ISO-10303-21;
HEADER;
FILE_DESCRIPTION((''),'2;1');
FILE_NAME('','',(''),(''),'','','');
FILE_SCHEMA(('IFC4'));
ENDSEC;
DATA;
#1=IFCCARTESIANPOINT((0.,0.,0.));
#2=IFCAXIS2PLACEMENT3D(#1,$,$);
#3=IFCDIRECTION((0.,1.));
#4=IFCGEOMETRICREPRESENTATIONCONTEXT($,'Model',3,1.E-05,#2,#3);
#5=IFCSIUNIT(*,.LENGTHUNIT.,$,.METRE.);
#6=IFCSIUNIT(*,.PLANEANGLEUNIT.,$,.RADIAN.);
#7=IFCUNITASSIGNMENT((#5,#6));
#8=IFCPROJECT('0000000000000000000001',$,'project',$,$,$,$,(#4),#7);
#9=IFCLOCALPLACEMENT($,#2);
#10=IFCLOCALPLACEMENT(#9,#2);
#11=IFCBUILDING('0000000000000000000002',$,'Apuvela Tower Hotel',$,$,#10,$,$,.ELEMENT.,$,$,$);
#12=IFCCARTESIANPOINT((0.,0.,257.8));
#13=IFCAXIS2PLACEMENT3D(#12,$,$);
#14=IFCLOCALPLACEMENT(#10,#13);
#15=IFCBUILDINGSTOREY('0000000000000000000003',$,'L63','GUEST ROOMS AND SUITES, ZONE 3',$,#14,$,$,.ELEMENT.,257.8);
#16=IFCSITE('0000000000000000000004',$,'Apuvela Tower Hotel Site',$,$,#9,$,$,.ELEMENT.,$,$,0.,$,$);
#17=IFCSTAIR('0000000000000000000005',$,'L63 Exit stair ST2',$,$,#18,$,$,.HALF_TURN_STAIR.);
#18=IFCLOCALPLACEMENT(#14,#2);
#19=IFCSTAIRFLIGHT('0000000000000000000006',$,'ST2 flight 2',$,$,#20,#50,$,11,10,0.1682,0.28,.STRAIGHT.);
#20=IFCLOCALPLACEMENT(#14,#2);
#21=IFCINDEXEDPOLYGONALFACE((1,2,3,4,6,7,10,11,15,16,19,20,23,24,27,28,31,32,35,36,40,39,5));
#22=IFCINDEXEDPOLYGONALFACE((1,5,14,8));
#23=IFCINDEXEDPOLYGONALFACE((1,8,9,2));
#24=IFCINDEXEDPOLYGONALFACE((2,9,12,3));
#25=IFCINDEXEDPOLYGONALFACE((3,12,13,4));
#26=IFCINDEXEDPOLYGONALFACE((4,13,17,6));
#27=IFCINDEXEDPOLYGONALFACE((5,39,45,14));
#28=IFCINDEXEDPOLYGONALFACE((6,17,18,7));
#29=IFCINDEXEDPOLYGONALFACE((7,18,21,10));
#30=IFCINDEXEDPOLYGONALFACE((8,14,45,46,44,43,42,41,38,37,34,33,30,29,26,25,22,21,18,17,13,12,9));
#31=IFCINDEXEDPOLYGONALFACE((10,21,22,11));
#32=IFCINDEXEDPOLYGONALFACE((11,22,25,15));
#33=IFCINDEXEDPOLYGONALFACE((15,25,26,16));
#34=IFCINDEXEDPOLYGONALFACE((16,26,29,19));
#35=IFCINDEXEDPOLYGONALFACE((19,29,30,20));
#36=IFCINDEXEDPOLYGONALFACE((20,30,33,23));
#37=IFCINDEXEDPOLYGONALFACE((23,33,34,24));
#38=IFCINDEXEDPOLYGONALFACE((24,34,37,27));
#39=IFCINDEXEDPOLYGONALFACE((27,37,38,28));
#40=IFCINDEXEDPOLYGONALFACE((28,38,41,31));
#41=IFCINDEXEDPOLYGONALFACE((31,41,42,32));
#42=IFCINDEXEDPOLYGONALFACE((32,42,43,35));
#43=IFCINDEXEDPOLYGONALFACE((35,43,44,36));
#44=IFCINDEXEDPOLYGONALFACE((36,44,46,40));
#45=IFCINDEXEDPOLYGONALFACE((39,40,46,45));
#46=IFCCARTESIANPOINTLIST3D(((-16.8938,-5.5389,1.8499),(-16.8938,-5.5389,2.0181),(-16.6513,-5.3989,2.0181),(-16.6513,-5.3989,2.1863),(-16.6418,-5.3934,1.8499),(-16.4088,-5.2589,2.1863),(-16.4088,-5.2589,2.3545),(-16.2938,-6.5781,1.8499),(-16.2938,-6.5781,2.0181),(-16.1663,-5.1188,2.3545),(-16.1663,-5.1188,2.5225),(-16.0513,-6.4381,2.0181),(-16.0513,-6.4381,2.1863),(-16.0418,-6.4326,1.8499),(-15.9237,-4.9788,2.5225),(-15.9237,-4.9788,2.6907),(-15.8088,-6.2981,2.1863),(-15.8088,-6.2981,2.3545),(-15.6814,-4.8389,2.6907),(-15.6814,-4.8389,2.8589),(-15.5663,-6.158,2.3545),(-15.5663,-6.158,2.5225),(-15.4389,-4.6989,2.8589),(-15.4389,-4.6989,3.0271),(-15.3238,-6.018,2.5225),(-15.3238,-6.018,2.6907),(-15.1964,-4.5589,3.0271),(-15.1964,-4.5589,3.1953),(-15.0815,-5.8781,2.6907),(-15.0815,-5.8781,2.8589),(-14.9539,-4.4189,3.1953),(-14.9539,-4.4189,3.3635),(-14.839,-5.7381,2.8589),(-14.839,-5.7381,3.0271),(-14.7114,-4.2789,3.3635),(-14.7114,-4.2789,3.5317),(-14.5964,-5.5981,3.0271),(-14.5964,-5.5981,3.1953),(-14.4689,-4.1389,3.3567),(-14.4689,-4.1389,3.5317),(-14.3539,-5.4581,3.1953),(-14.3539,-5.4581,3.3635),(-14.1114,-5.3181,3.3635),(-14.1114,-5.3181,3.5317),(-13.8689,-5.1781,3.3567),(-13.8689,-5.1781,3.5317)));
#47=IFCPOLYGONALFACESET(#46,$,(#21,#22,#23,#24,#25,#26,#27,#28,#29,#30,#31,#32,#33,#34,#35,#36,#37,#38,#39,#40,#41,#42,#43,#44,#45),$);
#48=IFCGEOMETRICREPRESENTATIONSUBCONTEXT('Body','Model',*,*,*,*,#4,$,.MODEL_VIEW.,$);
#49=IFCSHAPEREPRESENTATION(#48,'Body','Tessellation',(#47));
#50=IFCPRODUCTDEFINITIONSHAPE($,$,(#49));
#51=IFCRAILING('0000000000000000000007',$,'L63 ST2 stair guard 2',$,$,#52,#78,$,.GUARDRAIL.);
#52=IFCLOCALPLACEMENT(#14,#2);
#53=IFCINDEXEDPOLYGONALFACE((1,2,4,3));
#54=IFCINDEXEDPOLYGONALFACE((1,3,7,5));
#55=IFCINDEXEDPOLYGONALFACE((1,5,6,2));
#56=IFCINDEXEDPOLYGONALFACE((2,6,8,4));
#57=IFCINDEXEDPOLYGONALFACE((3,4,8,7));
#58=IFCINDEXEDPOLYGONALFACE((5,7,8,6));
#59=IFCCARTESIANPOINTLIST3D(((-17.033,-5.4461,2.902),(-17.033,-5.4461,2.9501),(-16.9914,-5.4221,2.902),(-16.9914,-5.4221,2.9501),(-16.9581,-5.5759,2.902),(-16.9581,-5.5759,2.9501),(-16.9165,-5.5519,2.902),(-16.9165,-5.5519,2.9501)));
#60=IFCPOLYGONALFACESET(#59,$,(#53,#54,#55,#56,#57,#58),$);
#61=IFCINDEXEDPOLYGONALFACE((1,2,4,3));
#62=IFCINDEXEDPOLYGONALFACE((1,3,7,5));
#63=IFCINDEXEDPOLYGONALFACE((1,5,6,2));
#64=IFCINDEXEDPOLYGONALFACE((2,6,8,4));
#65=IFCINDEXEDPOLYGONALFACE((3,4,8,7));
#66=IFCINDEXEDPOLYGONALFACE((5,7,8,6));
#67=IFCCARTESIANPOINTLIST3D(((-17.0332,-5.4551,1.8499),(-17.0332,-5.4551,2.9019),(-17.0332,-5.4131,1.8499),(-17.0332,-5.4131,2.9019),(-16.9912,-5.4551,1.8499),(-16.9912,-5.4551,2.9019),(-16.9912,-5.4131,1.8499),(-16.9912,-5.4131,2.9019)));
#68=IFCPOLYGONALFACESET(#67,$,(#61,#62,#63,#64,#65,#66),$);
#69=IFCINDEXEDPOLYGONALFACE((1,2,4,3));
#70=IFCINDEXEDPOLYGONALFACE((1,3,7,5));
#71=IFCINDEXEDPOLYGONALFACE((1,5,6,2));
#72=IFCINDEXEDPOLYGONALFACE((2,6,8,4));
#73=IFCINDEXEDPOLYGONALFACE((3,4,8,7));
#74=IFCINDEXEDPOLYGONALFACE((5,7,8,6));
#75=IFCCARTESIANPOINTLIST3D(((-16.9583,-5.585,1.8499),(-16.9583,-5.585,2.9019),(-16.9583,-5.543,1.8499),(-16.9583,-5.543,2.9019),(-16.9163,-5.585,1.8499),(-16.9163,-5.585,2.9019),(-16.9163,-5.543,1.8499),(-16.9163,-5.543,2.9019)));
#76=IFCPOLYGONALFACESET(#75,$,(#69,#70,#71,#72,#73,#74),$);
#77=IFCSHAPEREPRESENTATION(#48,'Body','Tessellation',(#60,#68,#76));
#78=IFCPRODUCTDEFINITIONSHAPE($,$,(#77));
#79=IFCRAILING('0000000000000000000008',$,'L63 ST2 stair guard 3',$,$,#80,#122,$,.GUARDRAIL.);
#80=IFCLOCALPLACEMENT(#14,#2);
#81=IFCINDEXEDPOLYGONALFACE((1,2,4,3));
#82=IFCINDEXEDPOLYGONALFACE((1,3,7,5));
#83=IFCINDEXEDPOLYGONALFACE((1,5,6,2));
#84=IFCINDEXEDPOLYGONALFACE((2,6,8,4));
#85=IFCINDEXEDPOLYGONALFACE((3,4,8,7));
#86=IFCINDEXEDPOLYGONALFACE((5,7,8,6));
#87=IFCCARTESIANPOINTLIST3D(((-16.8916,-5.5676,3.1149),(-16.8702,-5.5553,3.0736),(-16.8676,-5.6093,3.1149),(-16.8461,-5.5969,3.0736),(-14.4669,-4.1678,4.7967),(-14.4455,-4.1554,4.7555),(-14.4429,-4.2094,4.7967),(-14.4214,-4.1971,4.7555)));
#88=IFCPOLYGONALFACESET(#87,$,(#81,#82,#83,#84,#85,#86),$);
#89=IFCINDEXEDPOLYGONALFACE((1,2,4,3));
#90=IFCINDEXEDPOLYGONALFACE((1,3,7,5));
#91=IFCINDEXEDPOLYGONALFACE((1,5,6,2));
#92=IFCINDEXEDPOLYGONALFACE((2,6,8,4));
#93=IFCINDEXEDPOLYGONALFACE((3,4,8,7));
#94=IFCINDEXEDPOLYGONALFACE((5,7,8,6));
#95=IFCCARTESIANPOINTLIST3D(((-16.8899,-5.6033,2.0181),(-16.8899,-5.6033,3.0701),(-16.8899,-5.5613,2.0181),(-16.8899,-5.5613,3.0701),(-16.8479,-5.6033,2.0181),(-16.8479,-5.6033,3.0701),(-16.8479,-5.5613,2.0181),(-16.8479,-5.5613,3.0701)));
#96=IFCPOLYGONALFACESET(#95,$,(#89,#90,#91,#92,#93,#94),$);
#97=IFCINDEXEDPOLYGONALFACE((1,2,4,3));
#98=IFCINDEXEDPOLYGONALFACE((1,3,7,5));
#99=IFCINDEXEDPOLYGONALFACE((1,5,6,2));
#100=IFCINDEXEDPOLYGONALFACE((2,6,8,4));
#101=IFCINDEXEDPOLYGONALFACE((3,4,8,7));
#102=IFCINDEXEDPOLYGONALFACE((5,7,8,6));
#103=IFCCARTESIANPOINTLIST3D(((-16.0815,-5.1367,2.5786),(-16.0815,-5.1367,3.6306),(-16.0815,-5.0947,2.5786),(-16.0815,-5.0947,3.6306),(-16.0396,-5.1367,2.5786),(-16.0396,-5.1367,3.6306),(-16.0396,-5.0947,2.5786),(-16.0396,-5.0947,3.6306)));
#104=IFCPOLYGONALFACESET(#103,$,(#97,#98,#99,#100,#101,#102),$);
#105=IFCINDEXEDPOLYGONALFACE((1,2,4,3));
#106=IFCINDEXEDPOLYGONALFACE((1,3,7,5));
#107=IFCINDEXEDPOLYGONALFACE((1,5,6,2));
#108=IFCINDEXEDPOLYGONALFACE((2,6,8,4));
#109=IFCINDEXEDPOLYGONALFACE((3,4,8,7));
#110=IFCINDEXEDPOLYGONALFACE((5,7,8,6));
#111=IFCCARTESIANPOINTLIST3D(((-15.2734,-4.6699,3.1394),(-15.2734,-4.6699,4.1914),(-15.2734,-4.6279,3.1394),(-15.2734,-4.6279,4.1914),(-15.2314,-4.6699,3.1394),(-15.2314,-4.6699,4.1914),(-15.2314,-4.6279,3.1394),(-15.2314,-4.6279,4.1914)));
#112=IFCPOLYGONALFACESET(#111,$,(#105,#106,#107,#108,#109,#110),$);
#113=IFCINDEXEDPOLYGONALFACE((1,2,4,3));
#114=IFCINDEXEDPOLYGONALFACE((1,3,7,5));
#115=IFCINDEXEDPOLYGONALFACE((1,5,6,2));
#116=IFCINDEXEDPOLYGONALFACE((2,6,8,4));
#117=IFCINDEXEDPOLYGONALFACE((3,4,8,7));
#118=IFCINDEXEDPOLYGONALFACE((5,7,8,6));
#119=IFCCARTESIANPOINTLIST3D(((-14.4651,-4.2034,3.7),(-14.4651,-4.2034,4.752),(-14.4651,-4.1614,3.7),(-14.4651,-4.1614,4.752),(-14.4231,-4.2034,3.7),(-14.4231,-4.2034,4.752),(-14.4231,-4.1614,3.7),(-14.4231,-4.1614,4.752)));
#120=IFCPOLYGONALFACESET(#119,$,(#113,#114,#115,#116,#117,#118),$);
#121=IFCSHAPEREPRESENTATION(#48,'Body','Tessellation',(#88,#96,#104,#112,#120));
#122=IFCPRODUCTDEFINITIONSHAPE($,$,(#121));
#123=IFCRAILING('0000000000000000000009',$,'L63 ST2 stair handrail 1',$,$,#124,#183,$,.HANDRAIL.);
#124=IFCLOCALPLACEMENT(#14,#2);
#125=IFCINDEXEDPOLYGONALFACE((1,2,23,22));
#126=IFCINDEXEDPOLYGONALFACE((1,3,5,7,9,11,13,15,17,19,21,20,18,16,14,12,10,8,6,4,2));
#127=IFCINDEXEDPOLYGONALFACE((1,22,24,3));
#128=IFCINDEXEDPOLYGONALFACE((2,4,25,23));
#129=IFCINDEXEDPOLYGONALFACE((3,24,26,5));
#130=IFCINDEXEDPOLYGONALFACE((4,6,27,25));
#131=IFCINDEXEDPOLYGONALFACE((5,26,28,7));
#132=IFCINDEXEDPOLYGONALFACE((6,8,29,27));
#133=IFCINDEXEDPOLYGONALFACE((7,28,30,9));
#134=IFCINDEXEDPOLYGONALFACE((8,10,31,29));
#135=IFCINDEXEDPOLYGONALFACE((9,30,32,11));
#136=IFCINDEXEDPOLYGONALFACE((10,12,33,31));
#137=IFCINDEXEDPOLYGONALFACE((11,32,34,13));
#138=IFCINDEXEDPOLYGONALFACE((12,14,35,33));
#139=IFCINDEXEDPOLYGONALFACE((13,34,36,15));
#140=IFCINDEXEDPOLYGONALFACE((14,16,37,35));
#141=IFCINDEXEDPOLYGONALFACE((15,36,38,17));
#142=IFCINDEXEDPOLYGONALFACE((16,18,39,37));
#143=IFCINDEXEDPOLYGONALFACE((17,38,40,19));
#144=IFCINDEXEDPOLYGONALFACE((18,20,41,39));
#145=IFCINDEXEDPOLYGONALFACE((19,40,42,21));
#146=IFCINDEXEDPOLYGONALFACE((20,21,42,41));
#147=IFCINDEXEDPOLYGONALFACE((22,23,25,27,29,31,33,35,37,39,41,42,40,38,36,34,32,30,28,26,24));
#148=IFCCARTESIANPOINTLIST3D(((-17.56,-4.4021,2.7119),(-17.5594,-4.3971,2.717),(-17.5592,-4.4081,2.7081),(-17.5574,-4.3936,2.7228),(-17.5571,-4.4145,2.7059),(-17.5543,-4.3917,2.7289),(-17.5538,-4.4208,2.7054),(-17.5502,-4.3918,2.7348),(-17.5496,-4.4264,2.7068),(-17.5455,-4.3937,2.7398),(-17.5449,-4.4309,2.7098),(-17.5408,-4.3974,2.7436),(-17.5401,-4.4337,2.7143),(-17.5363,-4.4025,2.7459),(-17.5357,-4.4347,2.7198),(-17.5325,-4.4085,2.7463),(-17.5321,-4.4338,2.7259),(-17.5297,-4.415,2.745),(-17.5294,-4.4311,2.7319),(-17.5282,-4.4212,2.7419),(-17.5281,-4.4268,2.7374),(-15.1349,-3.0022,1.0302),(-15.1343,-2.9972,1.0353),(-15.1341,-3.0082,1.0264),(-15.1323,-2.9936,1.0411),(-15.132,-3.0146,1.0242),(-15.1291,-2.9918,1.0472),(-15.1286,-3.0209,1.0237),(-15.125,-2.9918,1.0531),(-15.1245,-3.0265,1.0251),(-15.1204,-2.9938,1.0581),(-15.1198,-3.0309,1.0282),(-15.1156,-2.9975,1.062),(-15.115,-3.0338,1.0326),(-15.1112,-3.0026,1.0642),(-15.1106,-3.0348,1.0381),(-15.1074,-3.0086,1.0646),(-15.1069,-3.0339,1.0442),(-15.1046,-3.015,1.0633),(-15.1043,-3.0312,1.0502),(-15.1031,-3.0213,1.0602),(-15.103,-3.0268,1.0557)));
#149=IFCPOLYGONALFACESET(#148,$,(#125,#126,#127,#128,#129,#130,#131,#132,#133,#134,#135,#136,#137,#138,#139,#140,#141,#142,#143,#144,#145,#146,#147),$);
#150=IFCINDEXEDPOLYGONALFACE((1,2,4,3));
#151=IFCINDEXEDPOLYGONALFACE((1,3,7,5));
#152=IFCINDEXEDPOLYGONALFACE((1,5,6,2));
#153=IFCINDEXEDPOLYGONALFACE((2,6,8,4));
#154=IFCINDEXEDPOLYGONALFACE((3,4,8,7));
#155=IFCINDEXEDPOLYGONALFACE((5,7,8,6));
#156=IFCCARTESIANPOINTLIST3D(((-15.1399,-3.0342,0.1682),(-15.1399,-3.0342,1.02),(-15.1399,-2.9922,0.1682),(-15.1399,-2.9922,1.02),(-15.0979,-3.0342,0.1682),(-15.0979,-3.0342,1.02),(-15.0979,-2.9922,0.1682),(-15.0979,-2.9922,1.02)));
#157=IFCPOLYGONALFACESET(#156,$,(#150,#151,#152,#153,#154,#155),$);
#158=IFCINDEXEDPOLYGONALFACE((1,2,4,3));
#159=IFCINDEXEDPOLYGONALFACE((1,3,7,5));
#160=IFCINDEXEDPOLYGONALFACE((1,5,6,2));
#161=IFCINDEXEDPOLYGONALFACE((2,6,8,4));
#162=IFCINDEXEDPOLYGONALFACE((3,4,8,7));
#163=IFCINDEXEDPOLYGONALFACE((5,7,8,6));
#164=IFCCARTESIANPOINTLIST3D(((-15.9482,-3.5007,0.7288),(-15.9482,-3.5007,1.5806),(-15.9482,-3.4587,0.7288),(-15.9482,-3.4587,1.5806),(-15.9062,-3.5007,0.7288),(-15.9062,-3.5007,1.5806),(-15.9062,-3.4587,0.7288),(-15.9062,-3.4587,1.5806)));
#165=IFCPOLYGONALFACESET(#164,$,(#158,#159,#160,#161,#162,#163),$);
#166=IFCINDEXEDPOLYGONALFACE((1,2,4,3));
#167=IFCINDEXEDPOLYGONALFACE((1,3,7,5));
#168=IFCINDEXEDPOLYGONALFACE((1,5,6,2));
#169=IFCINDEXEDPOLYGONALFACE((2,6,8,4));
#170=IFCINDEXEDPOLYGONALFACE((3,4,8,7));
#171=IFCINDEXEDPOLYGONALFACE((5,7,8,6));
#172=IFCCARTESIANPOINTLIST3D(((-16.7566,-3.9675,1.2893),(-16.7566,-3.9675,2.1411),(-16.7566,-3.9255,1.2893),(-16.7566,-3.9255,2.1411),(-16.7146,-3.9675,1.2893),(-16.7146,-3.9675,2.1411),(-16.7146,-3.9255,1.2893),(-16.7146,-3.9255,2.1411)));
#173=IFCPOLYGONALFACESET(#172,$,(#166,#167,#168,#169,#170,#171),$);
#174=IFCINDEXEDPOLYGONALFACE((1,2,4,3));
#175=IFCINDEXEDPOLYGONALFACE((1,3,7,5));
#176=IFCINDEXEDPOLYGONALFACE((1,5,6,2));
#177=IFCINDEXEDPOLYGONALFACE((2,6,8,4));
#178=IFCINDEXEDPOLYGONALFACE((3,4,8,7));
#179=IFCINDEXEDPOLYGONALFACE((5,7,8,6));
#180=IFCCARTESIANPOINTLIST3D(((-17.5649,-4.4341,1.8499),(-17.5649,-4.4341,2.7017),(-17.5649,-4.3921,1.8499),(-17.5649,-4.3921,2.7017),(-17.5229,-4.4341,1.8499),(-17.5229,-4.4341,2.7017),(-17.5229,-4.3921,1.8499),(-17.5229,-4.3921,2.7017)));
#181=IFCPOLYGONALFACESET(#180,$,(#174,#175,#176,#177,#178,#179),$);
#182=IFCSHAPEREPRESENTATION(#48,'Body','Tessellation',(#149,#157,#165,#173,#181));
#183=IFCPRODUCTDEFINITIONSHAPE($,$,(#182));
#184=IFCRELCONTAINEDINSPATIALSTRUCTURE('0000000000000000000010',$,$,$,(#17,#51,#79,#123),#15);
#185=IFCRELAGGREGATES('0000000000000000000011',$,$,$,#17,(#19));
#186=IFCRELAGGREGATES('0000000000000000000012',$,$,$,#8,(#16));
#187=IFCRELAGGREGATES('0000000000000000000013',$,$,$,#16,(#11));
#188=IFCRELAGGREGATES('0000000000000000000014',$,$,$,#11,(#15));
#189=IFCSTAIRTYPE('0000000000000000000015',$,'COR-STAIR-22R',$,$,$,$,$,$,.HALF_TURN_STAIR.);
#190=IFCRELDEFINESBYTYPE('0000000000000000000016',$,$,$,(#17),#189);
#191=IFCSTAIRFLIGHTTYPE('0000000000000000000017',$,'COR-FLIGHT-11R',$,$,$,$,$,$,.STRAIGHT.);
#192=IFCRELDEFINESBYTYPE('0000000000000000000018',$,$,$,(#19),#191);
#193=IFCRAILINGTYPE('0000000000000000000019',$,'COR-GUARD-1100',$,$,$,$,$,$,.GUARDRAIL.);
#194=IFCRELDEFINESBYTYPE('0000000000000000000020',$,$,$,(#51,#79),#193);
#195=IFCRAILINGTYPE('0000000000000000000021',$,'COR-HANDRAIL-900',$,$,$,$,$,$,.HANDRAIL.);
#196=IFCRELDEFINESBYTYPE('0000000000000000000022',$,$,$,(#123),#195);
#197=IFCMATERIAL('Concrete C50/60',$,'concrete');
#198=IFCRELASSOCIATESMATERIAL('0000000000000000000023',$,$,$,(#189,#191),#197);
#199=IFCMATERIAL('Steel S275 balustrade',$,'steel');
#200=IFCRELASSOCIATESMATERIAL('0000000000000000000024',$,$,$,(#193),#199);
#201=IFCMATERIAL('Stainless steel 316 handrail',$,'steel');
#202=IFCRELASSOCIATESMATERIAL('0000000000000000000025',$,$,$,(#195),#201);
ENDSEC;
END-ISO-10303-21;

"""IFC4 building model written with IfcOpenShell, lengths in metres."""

from ifc_helpers import new_model, si_unit, direction, frame, origin, origin_2d, place, context, subcontext, project, spatial, polyline, rectangle, circle, outline, extrude, material, type_object, element, aggregate, save


model = new_model("IFC4")

# Units and contexts
model_context = context("Model", 3, precision=1e-05, world=origin(), true_north=direction((0.0, 1.0)))
body_context = subcontext(model_context, "Body", "Model", "MODEL_VIEW")
ifc_project = project(units=[si_unit("LENGTHUNIT", "METRE"), si_unit("PLANEANGLEUNIT", "RADIAN")], contexts=[model_context])

# Site, building, storey
site_placement = place(None, origin())
site = spatial("IfcSite", under=ifc_project, at=site_placement, Name="Apuvela Tower Hotel Site", CompositionType="ELEMENT", RefElevation=0.0)
building_placement = place(site_placement, origin())
building = spatial("IfcBuilding", under=site, at=building_placement, Name="Apuvela Tower Hotel", CompositionType="ELEMENT")
storey_placement = place(building_placement, frame((0.0, 0.0, 257.8)))
storey = spatial("IfcBuildingStorey", under=building, at=storey_placement, Name="L63", Description="GUEST ROOMS AND SUITES, ZONE 3", CompositionType="ELEMENT", Elevation=257.8)

# Shared definitions
ifc_material_1 = material(Name="Concrete C50/60", Category="concrete")

# Stair, stair flight
stair_type = type_object("IfcStairType", Name="COR-STAIR-22R", PredefinedType="HALF_TURN_STAIR", material=ifc_material_1)
stair_placement = place(storey_placement, origin())
stair = element("IfcStair", 1, at=stair_placement, inside=storey, type_object=stair_type, Name="L63 Exit stair ST2", PredefinedType="HALF_TURN_STAIR")
stair_flight_type = type_object("IfcStairFlightType", Name="COR-FLIGHT-11R", PredefinedType="STRAIGHT", material=ifc_material_1)
stair_flight_1_placement = place(storey_placement, frame((-16.5938, -6.0586, 1.8499), z_axis=(0.0, 0.0, 1.0), x_axis=(0.866025, 0.5, 0.0)))
stair_flight_1 = element("IfcStairFlight", 2, at=stair_flight_1_placement, type_object=stair_flight_type, Name="ST2 flight 2", NumberOfRisers=11, NumberOfTreads=10, PredefinedType="STRAIGHT", RiserHeight=0.1682, TreadLength=0.28, context=body_context, shape_type="SweptSolid", body=[
    extrude(outline(polyline([(0.0, 0.0), (0.0, 0.1682), (0.28, 0.1682), (0.28, 0.3364), (0.5601, 0.3364), (0.5601, 0.5046), (0.8401, 0.5046), (0.8401, 0.6726), (1.1201, 0.6726), (1.1201, 0.8408), (1.3999, 0.8408), (1.3999, 1.009), (1.6799, 1.009), (1.6799, 1.1772), (1.96, 1.1772), (1.96, 1.3455), (2.24, 1.3455), (2.24, 1.5137), (2.52, 1.5137), (2.52, 1.6819), (2.8, 1.6819), (2.8, 1.8501), (2.8, 1.5068), (0.291, 0.0), (0.0, 0.0)])), frame((0.0, 0.6001, 0.0), z_axis=(0.0, -1.0, 0.0), x_axis=(1.0, 0.0, 0.0)), (0.0, 0.0, 1.0), 1.2),
])
aggregate(stair, [stair_flight_1])

# Railings
ifc_material_2 = material(Name="Steel S275 balustrade", Category="steel")
railing_type_1 = type_object("IfcRailingType", Name="COR-GUARD-1100", PredefinedType="GUARDRAIL", material=ifc_material_2)
railing_1_placement = place(storey_placement, frame((-17.0122, -5.4341, 1.8499)))
element("IfcRailing", 3, at=railing_1_placement, inside=storey, type_object=railing_type_1, Name="L63 ST2 stair guard 2", PredefinedType="GUARDRAIL", context=body_context, shape_type="SweptSolid", body=[
    extrude(rectangle(XDim=0.0481, YDim=0.0481, at=origin_2d()), frame((0.0, 0.0, 1.0762), z_axis=(0.499816, -0.866131, 0.0), x_axis=(0.866131, 0.499816, 0.0)), (0.0, 0.0, 1.0), 0.1499),
    extrude(rectangle(XDim=0.042, YDim=0.042, at=origin_2d()), origin(), (0.0, 0.0, 1.0), 1.052),
    extrude(rectangle(XDim=0.042, YDim=0.042, at=origin_2d()), frame((0.075, -0.1299, 0.0)), (0.0, 0.0, 1.0), 1.052),
])
railing_2_placement = place(storey_placement, frame((-16.8689, -5.5823, 2.0181)))
element("IfcRailing", 4, at=railing_2_placement, inside=storey, type_object=railing_type_1, Name="L63 ST2 stair guard 3", PredefinedType="GUARDRAIL", context=body_context, shape_type="SweptSolid", body=[
    extrude(rectangle(XDim=0.0481, YDim=0.0481, at=origin_2d()), frame((0.0, 0.0, 1.0762), z_axis=(0.74239, 0.428601, 0.514934), x_axis=(-0.499984, 0.866035, 0.0)), (0.0, 0.0, 1.0), 3.2661),
    extrude(rectangle(XDim=0.042, YDim=0.042, at=origin_2d()), origin(), (0.0, 0.0, 1.0), 1.052),
    extrude(rectangle(XDim=0.042, YDim=0.042, at=origin_2d()), frame((0.8083, 0.4666, 0.5605)), (0.0, 0.0, 1.0), 1.052),
    extrude(rectangle(XDim=0.042, YDim=0.042, at=origin_2d()), frame((1.6165, 0.9333, 1.1213)), (0.0, 0.0, 1.0), 1.052),
    extrude(rectangle(XDim=0.042, YDim=0.042, at=origin_2d()), frame((2.4248, 1.3999, 1.6819)), (0.0, 0.0, 1.0), 1.052),
])
ifc_material_3 = material(Name="Stainless steel 316 handrail", Category="steel")
railing_type_2 = type_object("IfcRailingType", Name="COR-HANDRAIL-900", PredefinedType="HANDRAIL", material=ifc_material_3)
railing_3_placement = place(storey_placement, frame((-15.1189, -3.0132, 0.1682)))
element("IfcRailing", 5, at=railing_3_placement, inside=storey, type_object=railing_type_2, Name="L63 ST2 stair handrail 1", PredefinedType="HANDRAIL", context=body_context, shape_type="SweptSolid", body=[
    extrude(circle(Radius=0.0239, at=origin_2d()), frame((0.0, 0.0, 0.876), z_axis=(-0.742453, -0.428594, 0.514851), x_axis=(0.499946, -0.866056, 0.0)), (0.0, 0.0, 1.0), 3.2664),
    extrude(rectangle(XDim=0.042, YDim=0.042, at=origin_2d()), origin(), (0.0, 0.0, 1.0), 0.8518),
    extrude(rectangle(XDim=0.042, YDim=0.042, at=origin_2d()), frame((-0.8083, -0.4666, 0.5605)), (0.0, 0.0, 1.0), 0.8518),
    extrude(rectangle(XDim=0.042, YDim=0.042, at=origin_2d()), frame((-1.6167, -0.9333, 1.1211)), (0.0, 0.0, 1.0), 0.8518),
    extrude(rectangle(XDim=0.042, YDim=0.042, at=origin_2d()), frame((-2.425, -1.3999, 1.6816)), (0.0, 0.0, 1.0), 0.8518),
])

save(model, "model.ifc")
